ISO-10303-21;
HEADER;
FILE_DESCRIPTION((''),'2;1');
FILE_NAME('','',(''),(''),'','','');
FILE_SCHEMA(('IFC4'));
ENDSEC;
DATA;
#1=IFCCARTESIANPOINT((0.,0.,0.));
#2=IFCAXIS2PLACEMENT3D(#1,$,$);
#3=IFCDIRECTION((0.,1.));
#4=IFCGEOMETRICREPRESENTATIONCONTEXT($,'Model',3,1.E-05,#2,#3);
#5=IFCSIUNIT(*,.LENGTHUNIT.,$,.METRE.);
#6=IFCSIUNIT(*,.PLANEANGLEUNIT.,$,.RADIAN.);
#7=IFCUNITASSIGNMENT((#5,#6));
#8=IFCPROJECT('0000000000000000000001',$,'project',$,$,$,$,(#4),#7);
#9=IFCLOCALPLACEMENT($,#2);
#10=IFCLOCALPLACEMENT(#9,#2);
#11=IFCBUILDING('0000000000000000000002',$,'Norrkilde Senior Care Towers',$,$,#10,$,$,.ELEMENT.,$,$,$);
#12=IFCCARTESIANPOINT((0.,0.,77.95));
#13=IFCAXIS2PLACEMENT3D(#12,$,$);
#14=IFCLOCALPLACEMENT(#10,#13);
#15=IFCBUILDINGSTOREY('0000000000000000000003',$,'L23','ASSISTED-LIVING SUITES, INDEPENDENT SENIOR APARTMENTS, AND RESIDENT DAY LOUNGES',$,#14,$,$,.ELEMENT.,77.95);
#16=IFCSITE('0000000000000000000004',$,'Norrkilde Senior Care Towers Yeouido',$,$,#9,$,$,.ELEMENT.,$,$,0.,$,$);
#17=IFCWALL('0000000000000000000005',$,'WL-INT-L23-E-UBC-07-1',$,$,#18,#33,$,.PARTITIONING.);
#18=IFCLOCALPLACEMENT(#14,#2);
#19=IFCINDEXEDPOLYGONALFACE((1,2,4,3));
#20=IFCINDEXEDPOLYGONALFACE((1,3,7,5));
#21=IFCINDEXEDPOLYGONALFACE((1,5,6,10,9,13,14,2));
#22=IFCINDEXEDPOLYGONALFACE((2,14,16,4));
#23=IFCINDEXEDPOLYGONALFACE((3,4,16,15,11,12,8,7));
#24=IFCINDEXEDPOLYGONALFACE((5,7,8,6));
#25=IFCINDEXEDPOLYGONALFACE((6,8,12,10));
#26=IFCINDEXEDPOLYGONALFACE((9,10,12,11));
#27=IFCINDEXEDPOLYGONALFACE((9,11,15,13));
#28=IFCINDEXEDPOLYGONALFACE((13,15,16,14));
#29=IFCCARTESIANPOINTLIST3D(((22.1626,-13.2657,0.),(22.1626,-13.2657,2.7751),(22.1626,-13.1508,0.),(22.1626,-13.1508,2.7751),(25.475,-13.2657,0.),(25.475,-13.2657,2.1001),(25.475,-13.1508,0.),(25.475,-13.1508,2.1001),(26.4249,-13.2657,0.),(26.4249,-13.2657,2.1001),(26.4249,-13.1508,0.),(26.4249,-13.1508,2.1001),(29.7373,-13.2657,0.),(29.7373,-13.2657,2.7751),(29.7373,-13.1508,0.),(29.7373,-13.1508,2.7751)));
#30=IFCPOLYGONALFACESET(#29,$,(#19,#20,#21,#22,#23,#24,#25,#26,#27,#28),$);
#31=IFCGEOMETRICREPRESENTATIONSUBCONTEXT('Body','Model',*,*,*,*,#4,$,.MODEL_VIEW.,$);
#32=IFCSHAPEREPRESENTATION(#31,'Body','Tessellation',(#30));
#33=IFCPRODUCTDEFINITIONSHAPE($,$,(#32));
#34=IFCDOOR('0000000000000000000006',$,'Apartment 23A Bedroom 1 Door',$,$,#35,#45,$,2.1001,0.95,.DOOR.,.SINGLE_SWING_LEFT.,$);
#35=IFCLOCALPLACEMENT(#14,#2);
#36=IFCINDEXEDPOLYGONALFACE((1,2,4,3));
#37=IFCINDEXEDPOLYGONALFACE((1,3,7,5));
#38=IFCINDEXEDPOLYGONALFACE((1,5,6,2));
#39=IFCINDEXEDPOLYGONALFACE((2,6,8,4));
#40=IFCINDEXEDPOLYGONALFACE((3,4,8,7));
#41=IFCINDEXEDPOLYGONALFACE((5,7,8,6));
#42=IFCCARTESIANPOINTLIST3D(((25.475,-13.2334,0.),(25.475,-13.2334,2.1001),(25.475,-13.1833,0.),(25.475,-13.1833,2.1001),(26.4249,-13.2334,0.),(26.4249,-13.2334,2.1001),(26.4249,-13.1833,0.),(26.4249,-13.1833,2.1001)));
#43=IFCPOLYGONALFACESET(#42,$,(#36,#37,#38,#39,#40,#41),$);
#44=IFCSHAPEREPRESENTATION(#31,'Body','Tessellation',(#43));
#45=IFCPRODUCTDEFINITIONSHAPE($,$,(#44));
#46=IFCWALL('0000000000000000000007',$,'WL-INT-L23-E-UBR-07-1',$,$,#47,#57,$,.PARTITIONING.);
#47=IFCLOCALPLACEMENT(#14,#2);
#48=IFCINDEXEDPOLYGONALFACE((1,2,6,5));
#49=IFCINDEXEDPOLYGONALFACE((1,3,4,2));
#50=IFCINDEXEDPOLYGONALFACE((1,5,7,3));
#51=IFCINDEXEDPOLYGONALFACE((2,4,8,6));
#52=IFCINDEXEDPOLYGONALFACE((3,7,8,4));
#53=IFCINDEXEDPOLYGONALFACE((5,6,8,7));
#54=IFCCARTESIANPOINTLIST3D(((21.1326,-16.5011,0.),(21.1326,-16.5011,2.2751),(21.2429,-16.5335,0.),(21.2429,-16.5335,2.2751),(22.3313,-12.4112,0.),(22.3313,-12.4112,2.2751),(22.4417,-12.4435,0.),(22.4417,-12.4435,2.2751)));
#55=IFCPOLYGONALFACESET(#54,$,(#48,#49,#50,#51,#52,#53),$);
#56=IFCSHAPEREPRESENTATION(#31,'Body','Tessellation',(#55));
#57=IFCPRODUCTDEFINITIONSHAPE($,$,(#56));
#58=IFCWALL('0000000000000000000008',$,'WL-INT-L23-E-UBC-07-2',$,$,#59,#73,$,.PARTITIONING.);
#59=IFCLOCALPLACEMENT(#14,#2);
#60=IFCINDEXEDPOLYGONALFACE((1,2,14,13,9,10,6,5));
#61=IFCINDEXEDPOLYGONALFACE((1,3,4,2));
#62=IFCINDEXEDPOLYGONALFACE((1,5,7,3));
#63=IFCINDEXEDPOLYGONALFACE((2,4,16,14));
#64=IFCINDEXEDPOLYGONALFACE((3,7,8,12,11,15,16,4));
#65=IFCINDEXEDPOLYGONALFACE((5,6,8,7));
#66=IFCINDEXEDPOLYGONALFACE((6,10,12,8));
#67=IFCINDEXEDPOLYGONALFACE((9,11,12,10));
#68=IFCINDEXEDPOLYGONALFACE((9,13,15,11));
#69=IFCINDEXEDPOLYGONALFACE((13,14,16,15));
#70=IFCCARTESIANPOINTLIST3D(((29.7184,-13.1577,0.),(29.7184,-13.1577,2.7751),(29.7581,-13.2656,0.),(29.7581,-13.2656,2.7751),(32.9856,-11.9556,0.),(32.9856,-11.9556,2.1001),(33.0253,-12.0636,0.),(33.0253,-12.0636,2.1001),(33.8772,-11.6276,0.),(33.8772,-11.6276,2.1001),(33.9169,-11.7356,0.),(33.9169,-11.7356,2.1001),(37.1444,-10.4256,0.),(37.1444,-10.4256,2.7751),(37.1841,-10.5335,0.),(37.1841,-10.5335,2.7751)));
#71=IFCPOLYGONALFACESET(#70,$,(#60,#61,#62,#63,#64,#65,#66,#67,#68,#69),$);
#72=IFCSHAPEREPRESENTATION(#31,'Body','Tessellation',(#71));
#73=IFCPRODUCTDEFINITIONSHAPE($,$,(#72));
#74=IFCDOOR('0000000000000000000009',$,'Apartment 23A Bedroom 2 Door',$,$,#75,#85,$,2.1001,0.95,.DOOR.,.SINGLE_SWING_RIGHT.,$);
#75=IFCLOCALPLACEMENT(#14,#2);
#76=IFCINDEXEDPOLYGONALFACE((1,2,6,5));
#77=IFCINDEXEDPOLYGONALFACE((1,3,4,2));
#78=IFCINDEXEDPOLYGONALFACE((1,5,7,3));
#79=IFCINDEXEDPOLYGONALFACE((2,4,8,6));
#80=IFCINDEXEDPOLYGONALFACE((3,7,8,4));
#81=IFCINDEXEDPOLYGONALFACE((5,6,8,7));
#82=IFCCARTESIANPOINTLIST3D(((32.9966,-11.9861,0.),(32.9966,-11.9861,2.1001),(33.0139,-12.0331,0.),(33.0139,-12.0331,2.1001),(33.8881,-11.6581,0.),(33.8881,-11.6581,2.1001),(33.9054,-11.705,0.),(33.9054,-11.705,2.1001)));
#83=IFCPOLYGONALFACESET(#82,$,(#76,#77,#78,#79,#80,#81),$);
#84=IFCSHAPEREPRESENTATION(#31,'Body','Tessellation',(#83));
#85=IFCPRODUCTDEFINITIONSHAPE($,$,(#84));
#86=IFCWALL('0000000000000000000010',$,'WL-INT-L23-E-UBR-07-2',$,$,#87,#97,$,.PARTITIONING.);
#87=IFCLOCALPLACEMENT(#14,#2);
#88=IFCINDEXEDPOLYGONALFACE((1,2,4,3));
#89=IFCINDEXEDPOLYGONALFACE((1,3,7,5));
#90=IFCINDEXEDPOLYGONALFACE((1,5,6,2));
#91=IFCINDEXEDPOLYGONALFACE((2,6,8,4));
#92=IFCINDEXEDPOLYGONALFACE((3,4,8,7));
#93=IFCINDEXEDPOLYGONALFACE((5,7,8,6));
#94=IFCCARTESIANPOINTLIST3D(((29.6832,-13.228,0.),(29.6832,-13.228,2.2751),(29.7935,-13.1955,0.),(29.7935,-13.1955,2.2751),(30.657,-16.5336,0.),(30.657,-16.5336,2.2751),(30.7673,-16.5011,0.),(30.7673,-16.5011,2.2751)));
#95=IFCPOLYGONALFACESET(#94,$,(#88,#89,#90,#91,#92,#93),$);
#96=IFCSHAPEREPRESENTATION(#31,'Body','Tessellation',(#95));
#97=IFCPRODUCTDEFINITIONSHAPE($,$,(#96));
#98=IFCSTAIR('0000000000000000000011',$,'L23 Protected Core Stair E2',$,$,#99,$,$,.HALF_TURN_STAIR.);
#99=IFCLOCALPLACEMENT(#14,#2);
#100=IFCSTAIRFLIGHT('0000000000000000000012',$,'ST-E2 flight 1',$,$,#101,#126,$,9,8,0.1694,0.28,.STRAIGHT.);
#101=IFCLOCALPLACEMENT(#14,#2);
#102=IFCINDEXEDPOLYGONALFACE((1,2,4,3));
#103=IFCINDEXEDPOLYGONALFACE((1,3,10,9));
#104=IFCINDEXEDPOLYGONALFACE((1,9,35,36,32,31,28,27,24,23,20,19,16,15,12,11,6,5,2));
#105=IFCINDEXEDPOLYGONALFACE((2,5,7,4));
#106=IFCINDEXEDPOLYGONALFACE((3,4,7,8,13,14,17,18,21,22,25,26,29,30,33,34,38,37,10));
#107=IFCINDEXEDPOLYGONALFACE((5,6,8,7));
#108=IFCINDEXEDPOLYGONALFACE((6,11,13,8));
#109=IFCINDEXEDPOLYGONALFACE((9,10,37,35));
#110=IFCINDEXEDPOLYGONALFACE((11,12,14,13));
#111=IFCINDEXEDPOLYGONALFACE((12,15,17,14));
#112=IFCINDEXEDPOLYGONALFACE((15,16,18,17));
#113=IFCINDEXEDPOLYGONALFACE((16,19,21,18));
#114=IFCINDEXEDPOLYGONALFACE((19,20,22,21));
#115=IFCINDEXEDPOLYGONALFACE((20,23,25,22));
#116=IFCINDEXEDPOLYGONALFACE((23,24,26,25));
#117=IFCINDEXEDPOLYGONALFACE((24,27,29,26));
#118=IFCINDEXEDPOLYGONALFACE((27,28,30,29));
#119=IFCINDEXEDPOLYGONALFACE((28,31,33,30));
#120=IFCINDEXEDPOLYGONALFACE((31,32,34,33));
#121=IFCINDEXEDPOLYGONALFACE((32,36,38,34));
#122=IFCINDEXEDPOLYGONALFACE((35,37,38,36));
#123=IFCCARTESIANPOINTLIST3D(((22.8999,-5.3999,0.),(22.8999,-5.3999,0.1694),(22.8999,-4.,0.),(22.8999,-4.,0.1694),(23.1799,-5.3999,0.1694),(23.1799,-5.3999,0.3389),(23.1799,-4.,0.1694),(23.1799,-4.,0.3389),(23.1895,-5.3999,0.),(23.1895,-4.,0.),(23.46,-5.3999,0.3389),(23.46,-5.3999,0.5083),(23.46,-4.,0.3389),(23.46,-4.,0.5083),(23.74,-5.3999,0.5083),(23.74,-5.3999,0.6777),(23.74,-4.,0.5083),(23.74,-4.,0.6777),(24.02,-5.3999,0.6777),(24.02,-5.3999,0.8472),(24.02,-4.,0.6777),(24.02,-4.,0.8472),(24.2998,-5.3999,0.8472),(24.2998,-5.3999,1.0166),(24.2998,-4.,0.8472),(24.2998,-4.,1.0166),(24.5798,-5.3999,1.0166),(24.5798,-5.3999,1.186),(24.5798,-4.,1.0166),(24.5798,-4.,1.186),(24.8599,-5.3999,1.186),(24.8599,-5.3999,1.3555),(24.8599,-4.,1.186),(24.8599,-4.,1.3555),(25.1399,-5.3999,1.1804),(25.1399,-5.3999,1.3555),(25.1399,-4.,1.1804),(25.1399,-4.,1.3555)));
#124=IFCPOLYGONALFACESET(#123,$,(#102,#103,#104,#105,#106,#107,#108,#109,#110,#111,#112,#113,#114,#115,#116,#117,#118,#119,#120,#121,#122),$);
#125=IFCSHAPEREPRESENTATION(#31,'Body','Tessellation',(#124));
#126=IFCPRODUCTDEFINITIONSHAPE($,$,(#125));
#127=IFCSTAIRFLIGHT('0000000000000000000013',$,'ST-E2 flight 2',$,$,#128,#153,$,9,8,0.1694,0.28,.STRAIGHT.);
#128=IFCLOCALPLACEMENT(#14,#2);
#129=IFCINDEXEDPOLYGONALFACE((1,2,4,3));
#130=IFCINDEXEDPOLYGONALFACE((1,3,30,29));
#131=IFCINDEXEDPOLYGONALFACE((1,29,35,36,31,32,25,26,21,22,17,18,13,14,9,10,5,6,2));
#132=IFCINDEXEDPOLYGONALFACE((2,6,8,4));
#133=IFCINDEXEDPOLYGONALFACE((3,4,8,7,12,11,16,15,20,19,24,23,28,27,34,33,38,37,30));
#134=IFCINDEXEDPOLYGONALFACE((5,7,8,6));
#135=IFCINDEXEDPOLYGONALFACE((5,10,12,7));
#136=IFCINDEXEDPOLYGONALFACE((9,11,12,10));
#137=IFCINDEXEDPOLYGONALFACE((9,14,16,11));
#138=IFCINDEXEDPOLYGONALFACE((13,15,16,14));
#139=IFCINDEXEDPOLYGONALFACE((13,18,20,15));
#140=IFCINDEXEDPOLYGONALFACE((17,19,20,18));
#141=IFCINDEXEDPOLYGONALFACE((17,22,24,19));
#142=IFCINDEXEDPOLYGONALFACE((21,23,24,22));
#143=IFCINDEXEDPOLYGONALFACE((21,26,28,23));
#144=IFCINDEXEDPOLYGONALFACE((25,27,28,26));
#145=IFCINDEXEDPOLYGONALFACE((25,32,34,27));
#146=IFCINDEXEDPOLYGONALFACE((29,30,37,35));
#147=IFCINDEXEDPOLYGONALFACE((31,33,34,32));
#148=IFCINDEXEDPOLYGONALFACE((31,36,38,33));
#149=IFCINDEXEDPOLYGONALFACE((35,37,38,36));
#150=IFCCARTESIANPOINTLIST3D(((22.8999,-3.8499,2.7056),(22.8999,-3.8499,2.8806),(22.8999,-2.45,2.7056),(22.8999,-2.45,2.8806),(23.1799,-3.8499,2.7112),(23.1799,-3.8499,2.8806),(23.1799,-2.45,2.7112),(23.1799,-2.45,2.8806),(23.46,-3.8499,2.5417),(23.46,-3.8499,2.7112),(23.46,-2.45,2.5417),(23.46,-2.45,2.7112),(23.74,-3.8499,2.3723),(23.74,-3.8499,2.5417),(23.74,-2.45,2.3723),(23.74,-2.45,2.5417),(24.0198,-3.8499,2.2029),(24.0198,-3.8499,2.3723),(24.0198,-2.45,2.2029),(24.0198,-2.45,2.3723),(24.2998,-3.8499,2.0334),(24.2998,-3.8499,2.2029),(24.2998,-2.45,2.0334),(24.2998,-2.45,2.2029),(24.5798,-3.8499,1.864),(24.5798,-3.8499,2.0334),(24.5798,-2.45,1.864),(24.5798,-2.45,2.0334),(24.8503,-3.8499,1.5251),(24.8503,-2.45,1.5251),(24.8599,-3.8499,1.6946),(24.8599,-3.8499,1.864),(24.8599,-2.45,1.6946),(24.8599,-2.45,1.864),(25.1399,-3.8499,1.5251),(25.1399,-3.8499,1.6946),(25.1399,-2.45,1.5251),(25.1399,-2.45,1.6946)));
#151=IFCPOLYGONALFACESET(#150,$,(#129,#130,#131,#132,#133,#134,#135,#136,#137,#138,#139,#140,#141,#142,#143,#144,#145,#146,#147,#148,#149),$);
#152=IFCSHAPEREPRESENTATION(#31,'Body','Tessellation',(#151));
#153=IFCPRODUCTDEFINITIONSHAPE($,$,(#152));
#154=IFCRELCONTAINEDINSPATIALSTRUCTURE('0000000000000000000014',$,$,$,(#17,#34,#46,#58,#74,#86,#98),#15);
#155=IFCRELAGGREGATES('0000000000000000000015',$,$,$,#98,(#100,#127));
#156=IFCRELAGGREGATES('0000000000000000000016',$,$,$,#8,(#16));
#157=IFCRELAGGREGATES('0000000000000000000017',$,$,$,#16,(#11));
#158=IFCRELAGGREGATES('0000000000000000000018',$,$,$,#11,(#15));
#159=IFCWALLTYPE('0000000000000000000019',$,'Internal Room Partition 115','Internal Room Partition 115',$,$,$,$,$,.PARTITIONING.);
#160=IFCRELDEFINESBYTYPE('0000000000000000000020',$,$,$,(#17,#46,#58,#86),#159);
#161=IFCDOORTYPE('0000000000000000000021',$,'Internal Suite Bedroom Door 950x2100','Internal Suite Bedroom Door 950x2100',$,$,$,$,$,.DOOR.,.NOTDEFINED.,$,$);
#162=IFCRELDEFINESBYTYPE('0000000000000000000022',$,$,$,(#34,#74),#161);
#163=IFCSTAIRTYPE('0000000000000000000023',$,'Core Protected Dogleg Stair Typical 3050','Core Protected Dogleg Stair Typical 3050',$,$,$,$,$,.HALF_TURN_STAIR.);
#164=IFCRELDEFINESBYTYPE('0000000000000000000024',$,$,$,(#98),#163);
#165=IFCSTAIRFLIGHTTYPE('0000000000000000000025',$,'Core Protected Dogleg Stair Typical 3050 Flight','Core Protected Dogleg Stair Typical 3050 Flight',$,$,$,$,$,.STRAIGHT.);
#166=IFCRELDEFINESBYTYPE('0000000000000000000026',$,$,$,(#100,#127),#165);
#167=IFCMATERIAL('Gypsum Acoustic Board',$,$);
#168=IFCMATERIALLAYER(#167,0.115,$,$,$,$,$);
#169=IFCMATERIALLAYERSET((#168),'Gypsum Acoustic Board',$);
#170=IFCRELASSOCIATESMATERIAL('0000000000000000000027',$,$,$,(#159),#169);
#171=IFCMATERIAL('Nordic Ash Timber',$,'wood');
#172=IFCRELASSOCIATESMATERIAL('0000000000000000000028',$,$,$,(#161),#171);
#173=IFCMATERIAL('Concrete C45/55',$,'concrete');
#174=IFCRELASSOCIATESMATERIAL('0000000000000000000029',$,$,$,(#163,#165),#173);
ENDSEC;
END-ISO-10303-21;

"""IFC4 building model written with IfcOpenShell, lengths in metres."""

from ifc_helpers import new_model, si_unit, direction, frame, frame_2d, origin, place, context, subcontext, project, spatial, polyline, rectangle, outline, extrude, source, transform, mapped, material, layer, layer_set, type_object, type_shapes, element, fill, aggregate, save


model = new_model("IFC4")

# Units and contexts
model_context = context("Model", 3, precision=1e-05, world=origin(), true_north=direction((0.0, 1.0)))
body_context = subcontext(model_context, "Body", "Model", "MODEL_VIEW")
ifc_project = project(units=[si_unit("LENGTHUNIT", "METRE"), si_unit("PLANEANGLEUNIT", "RADIAN")], contexts=[model_context])

# Site, building, storey
site_placement = place(None, origin())
site = spatial("IfcSite", under=ifc_project, at=site_placement, Name="Norrkilde Senior Care Towers Yeouido", CompositionType="ELEMENT", RefElevation=0.0)
building_placement = place(site_placement, origin())
building = spatial("IfcBuilding", under=site, at=building_placement, Name="Norrkilde Senior Care Towers", CompositionType="ELEMENT")
storey_placement = place(building_placement, frame((0.0, 0.0, 77.95)))
storey = spatial("IfcBuildingStorey", under=building, at=storey_placement, Name="L23", Description="ASSISTED-LIVING SUITES, INDEPENDENT SENIOR APARTMENTS, AND RESIDENT DAY LOUNGES", CompositionType="ELEMENT", Elevation=77.95)

# Shared definitions
ifc_material_1 = material(Name="Concrete C45/55", Category="concrete")

# Wall, opening, door
ifc_material_2 = material(Name="Gypsum Acoustic Board")
ifc_layer_1 = layer(ifc_material_2, 0.115)
ifc_layer_set_1 = layer_set([ifc_layer_1], Name="Gypsum Acoustic Board")
wall_type_1 = type_object("IfcWallType", Name="Internal Room Partition 115", Description="Internal Room Partition 115", PredefinedType="PARTITIONING", material=ifc_layer_set_1)
shared_shape_1 = source(origin(), body_context, "Body", "SweptSolid", [
    extrude(rectangle(XDim=7.5747, YDim=0.115, at=frame_2d((3.7874, 0.0))), origin(), (0.0, 0.0, 1.0), 2.7751),
])
wall_1_placement = place(storey_placement, frame((22.1626, -13.2083, 0.0), z_axis=(0.0, 0.0, 1.0), x_axis=(1.0, 0.0, 0.0)))
wall_1 = element("IfcWall", 1, at=wall_1_placement, inside=storey, type_object=wall_type_1, Name="WL-INT-L23-E-UBC-07-1", PredefinedType="PARTITIONING", context=body_context, shape_type="MappedRepresentation", body=[
    mapped(shared_shape_1, transform((0.0, 0.0, 0.0), x_axis=(1.0, 0.0, 0.0), y_axis=(0.0, 1.0, 0.0), z_axis=(0.0, 0.0, 1.0), scale=1.0)),
])
opening_1_placement = place(wall_1_placement, frame((3.3123, 0.0, 0.0)))
opening_1 = element("IfcOpeningElement", 2, at=opening_1_placement, cuts=wall_1, PredefinedType="OPENING", context=body_context, shape_type="SweptSolid", body=[
    extrude(rectangle(XDim=0.95, YDim=2.1001, at=frame_2d((0.4751, 1.05))), frame((0.0, 0.0674, 0.0), z_axis=(0.0, -1.0, 0.0), x_axis=(1.0, 0.0, 0.0)), (0.0, 0.0, 1.0), 0.135),
])
ifc_material_3 = material(Name="Nordic Ash Timber", Category="wood")
door_type_1 = type_object("IfcDoorType", Name="Internal Suite Bedroom Door 950x2100", Description="Internal Suite Bedroom Door 950x2100", OperationType="NOTDEFINED", PredefinedType="DOOR", material=ifc_material_3)
shared_shape_2 = source(origin(), body_context, "Body", "SweptSolid", [
    extrude(rectangle(XDim=0.95, YDim=2.1001, at=frame_2d((0.4751, 1.05))), frame((0.0, 0.0249, 0.0), z_axis=(0.0, -1.0, 0.0), x_axis=(1.0, 0.0, 0.0)), (0.0, 0.0, 1.0), 0.05),
])
type_shapes(door_type_1, [shared_shape_2])
door_1_placement = place(opening_1_placement, origin())
door_1 = element("IfcDoor", 3, at=door_1_placement, inside=storey, type_object=door_type_1, Name="Apartment 23A Bedroom 1 Door", OperationType="SINGLE_SWING_LEFT", OverallHeight=2.1001, OverallWidth=0.95, PredefinedType="DOOR", context=body_context, shape_type="MappedRepresentation", body=[
    mapped(shared_shape_2, transform((0.0, 0.0, 0.0), x_axis=(1.0, 0.0, 0.0), y_axis=(0.0, 1.0, 0.0), z_axis=(0.0, 0.0, 1.0), scale=1.0)),
])
fill(opening_1, door_1)

# Wall
shared_shape_3 = source(origin(), body_context, "Body", "SweptSolid", [
    extrude(rectangle(XDim=4.262, YDim=0.115, at=frame_2d((2.1309, 0.0))), origin(), (0.0, 0.0, 1.0), 2.2751),
])
wall_2_placement = place(storey_placement, frame((22.3865, -12.4275, 0.0), z_axis=(0.0, 0.0, 1.0), x_axis=(-0.281267, -0.95963, 0.0)))
element("IfcWall", 4, at=wall_2_placement, inside=storey, type_object=wall_type_1, Name="WL-INT-L23-E-UBR-07-1", PredefinedType="PARTITIONING", context=body_context, shape_type="MappedRepresentation", body=[
    mapped(shared_shape_3, transform((0.0, 0.0, 0.0), x_axis=(1.0, 0.0, 0.0), y_axis=(0.0, 1.0, 0.0), z_axis=(0.0, 0.0, 1.0), scale=1.0)),
])

# Wall, opening, door
shared_shape_4 = source(origin(), body_context, "Body", "SweptSolid", [
    extrude(rectangle(XDim=7.9126, YDim=0.115, at=frame_2d((3.9563, 0.0))), origin(), (0.0, 0.0, 1.0), 2.7751),
])
wall_3_placement = place(storey_placement, frame((29.7383, -13.2117, 0.0), z_axis=(0.0, 0.0, 1.0), x_axis=(0.938496, 0.345291, 0.0)))
wall_3 = element("IfcWall", 5, at=wall_3_placement, inside=storey, type_object=wall_type_1, Name="WL-INT-L23-E-UBC-07-2", PredefinedType="PARTITIONING", context=body_context, shape_type="MappedRepresentation", body=[
    mapped(shared_shape_4, transform((0.0, 0.0, 0.0), x_axis=(1.0, 0.0, 0.0), y_axis=(0.0, 1.0, 0.0), z_axis=(0.0, 0.0, 1.0), scale=1.0)),
])
opening_2_placement = place(wall_3_placement, frame((3.4812, 0.0, 0.0)))
opening_2 = element("IfcOpeningElement", 6, at=opening_2_placement, cuts=wall_3, PredefinedType="OPENING", context=body_context, shape_type="SweptSolid", body=[
    extrude(rectangle(XDim=0.95, YDim=2.1001, at=frame_2d((0.4751, 1.05))), frame((0.0, 0.0674, 0.0), z_axis=(0.0, -1.0, 0.0), x_axis=(1.0, 0.0, 0.0)), (0.0, 0.0, 1.0), 0.135),
])
door_2_placement = place(opening_2_placement, frame((0.95, 0.0, 0.0), z_axis=(0.0, 0.0, 1.0), x_axis=(-1.0, 0.0, 0.0)))
door_2 = element("IfcDoor", 7, at=door_2_placement, inside=storey, type_object=door_type_1, Name="Apartment 23A Bedroom 2 Door", OperationType="SINGLE_SWING_RIGHT", OverallHeight=2.1001, OverallWidth=0.95, PredefinedType="DOOR", context=body_context, shape_type="MappedRepresentation", body=[
    mapped(shared_shape_2, transform((0.0, 0.0, 0.0), x_axis=(1.0, 0.0, 0.0), y_axis=(0.0, 1.0, 0.0), z_axis=(0.0, 0.0, 1.0), scale=1.0)),
])
fill(opening_2, door_2)

# Wall
shared_shape_5 = source(origin(), body_context, "Body", "SweptSolid", [
    extrude(rectangle(XDim=3.446, YDim=0.115, at=frame_2d((1.7231, 0.0))), origin(), (0.0, 0.0, 1.0), 2.2751),
])
type_shapes(wall_type_1, [shared_shape_1, shared_shape_3, shared_shape_4, shared_shape_5])
wall_4_placement = place(storey_placement, frame((29.7383, -13.2117, 0.0), z_axis=(0.0, 0.0, 1.0), x_axis=(0.2826, -0.959238, 0.0)))
element("IfcWall", 8, at=wall_4_placement, inside=storey, type_object=wall_type_1, Name="WL-INT-L23-E-UBR-07-2", PredefinedType="PARTITIONING", context=body_context, shape_type="MappedRepresentation", body=[
    mapped(shared_shape_5, transform((0.0, 0.0, 0.0), x_axis=(1.0, 0.0, 0.0), y_axis=(0.0, 1.0, 0.0), z_axis=(0.0, 0.0, 1.0), scale=1.0)),
])

# Stair, stair flights
stair_type = type_object("IfcStairType", Name="Core Protected Dogleg Stair Typical 3050", Description="Core Protected Dogleg Stair Typical 3050", PredefinedType="HALF_TURN_STAIR", material=ifc_material_1)
stair_placement = place(storey_placement, origin())
stair = element("IfcStair", 9, at=stair_placement, inside=storey, type_object=stair_type, Name="L23 Protected Core Stair E2", PredefinedType="HALF_TURN_STAIR")
stair_flight_type = type_object("IfcStairFlightType", Name="Core Protected Dogleg Stair Typical 3050 Flight", Description="Core Protected Dogleg Stair Typical 3050 Flight", PredefinedType="STRAIGHT", material=ifc_material_1)
stair_flight_1_placement = place(storey_placement, frame((22.8999, -4.7, 0.0), z_axis=(0.0, 0.0, 1.0), x_axis=(1.0, 0.0, 0.0)))
stair_flight_1 = element("IfcStairFlight", 10, at=stair_flight_1_placement, type_object=stair_flight_type, Name="ST-E2 flight 1", NumberOfRisers=9, NumberOfTreads=8, PredefinedType="STRAIGHT", RiserHeight=0.1694, TreadLength=0.28, context=body_context, shape_type="SweptSolid", body=[
    extrude(outline(polyline([(0.0, 0.0), (0.0, 0.1694), (0.28, 0.1694), (0.28, 0.3389), (0.5601, 0.3389), (0.5601, 0.5083), (0.8401, 0.5083), (0.8401, 0.6777), (1.1201, 0.6777), (1.1201, 0.8472), (1.3999, 0.8472), (1.3999, 1.0166), (1.6799, 1.0166), (1.6799, 1.186), (1.96, 1.186), (1.96, 1.3555), (2.24, 1.3555), (2.24, 1.5249), (2.24, 1.1804), (0.2896, 0.0), (0.0, 0.0)])), frame((0.0, 0.7, 0.0), z_axis=(0.0, -1.0, 0.0), x_axis=(1.0, 0.0, 0.0)), (0.0, 0.0, 1.0), 1.3999),
])
stair_flight_2_placement = place(storey_placement, frame((25.1399, -3.1499, 1.5251), z_axis=(0.0, 0.0, 1.0), x_axis=(-1.0, 0.0, 0.0)))
stair_flight_2 = element("IfcStairFlight", 11, at=stair_flight_2_placement, type_object=stair_flight_type, Name="ST-E2 flight 2", NumberOfRisers=9, NumberOfTreads=8, PredefinedType="STRAIGHT", RiserHeight=0.1694, TreadLength=0.28, context=body_context, shape_type="SweptSolid", body=[
    extrude(outline(polyline([(0.0, 0.0), (0.0, 0.1694), (0.28, 0.1694), (0.28, 0.3389), (0.5601, 0.3389), (0.5601, 0.5083), (0.8401, 0.5083), (0.8401, 0.6777), (1.1201, 0.6777), (1.1201, 0.8472), (1.3999, 0.8472), (1.3999, 1.0166), (1.6799, 1.0166), (1.6799, 1.186), (1.96, 1.186), (1.96, 1.3555), (2.24, 1.3555), (2.24, 1.5249), (2.24, 1.1804), (0.2896, 0.0), (0.0, 0.0)])), frame((0.0, 0.7, 0.0), z_axis=(0.0, -1.0, 0.0), x_axis=(1.0, 0.0, 0.0)), (0.0, 0.0, 1.0), 1.3999),
])
aggregate(stair, [stair_flight_1, stair_flight_2])

save(model, "model.ifc")
